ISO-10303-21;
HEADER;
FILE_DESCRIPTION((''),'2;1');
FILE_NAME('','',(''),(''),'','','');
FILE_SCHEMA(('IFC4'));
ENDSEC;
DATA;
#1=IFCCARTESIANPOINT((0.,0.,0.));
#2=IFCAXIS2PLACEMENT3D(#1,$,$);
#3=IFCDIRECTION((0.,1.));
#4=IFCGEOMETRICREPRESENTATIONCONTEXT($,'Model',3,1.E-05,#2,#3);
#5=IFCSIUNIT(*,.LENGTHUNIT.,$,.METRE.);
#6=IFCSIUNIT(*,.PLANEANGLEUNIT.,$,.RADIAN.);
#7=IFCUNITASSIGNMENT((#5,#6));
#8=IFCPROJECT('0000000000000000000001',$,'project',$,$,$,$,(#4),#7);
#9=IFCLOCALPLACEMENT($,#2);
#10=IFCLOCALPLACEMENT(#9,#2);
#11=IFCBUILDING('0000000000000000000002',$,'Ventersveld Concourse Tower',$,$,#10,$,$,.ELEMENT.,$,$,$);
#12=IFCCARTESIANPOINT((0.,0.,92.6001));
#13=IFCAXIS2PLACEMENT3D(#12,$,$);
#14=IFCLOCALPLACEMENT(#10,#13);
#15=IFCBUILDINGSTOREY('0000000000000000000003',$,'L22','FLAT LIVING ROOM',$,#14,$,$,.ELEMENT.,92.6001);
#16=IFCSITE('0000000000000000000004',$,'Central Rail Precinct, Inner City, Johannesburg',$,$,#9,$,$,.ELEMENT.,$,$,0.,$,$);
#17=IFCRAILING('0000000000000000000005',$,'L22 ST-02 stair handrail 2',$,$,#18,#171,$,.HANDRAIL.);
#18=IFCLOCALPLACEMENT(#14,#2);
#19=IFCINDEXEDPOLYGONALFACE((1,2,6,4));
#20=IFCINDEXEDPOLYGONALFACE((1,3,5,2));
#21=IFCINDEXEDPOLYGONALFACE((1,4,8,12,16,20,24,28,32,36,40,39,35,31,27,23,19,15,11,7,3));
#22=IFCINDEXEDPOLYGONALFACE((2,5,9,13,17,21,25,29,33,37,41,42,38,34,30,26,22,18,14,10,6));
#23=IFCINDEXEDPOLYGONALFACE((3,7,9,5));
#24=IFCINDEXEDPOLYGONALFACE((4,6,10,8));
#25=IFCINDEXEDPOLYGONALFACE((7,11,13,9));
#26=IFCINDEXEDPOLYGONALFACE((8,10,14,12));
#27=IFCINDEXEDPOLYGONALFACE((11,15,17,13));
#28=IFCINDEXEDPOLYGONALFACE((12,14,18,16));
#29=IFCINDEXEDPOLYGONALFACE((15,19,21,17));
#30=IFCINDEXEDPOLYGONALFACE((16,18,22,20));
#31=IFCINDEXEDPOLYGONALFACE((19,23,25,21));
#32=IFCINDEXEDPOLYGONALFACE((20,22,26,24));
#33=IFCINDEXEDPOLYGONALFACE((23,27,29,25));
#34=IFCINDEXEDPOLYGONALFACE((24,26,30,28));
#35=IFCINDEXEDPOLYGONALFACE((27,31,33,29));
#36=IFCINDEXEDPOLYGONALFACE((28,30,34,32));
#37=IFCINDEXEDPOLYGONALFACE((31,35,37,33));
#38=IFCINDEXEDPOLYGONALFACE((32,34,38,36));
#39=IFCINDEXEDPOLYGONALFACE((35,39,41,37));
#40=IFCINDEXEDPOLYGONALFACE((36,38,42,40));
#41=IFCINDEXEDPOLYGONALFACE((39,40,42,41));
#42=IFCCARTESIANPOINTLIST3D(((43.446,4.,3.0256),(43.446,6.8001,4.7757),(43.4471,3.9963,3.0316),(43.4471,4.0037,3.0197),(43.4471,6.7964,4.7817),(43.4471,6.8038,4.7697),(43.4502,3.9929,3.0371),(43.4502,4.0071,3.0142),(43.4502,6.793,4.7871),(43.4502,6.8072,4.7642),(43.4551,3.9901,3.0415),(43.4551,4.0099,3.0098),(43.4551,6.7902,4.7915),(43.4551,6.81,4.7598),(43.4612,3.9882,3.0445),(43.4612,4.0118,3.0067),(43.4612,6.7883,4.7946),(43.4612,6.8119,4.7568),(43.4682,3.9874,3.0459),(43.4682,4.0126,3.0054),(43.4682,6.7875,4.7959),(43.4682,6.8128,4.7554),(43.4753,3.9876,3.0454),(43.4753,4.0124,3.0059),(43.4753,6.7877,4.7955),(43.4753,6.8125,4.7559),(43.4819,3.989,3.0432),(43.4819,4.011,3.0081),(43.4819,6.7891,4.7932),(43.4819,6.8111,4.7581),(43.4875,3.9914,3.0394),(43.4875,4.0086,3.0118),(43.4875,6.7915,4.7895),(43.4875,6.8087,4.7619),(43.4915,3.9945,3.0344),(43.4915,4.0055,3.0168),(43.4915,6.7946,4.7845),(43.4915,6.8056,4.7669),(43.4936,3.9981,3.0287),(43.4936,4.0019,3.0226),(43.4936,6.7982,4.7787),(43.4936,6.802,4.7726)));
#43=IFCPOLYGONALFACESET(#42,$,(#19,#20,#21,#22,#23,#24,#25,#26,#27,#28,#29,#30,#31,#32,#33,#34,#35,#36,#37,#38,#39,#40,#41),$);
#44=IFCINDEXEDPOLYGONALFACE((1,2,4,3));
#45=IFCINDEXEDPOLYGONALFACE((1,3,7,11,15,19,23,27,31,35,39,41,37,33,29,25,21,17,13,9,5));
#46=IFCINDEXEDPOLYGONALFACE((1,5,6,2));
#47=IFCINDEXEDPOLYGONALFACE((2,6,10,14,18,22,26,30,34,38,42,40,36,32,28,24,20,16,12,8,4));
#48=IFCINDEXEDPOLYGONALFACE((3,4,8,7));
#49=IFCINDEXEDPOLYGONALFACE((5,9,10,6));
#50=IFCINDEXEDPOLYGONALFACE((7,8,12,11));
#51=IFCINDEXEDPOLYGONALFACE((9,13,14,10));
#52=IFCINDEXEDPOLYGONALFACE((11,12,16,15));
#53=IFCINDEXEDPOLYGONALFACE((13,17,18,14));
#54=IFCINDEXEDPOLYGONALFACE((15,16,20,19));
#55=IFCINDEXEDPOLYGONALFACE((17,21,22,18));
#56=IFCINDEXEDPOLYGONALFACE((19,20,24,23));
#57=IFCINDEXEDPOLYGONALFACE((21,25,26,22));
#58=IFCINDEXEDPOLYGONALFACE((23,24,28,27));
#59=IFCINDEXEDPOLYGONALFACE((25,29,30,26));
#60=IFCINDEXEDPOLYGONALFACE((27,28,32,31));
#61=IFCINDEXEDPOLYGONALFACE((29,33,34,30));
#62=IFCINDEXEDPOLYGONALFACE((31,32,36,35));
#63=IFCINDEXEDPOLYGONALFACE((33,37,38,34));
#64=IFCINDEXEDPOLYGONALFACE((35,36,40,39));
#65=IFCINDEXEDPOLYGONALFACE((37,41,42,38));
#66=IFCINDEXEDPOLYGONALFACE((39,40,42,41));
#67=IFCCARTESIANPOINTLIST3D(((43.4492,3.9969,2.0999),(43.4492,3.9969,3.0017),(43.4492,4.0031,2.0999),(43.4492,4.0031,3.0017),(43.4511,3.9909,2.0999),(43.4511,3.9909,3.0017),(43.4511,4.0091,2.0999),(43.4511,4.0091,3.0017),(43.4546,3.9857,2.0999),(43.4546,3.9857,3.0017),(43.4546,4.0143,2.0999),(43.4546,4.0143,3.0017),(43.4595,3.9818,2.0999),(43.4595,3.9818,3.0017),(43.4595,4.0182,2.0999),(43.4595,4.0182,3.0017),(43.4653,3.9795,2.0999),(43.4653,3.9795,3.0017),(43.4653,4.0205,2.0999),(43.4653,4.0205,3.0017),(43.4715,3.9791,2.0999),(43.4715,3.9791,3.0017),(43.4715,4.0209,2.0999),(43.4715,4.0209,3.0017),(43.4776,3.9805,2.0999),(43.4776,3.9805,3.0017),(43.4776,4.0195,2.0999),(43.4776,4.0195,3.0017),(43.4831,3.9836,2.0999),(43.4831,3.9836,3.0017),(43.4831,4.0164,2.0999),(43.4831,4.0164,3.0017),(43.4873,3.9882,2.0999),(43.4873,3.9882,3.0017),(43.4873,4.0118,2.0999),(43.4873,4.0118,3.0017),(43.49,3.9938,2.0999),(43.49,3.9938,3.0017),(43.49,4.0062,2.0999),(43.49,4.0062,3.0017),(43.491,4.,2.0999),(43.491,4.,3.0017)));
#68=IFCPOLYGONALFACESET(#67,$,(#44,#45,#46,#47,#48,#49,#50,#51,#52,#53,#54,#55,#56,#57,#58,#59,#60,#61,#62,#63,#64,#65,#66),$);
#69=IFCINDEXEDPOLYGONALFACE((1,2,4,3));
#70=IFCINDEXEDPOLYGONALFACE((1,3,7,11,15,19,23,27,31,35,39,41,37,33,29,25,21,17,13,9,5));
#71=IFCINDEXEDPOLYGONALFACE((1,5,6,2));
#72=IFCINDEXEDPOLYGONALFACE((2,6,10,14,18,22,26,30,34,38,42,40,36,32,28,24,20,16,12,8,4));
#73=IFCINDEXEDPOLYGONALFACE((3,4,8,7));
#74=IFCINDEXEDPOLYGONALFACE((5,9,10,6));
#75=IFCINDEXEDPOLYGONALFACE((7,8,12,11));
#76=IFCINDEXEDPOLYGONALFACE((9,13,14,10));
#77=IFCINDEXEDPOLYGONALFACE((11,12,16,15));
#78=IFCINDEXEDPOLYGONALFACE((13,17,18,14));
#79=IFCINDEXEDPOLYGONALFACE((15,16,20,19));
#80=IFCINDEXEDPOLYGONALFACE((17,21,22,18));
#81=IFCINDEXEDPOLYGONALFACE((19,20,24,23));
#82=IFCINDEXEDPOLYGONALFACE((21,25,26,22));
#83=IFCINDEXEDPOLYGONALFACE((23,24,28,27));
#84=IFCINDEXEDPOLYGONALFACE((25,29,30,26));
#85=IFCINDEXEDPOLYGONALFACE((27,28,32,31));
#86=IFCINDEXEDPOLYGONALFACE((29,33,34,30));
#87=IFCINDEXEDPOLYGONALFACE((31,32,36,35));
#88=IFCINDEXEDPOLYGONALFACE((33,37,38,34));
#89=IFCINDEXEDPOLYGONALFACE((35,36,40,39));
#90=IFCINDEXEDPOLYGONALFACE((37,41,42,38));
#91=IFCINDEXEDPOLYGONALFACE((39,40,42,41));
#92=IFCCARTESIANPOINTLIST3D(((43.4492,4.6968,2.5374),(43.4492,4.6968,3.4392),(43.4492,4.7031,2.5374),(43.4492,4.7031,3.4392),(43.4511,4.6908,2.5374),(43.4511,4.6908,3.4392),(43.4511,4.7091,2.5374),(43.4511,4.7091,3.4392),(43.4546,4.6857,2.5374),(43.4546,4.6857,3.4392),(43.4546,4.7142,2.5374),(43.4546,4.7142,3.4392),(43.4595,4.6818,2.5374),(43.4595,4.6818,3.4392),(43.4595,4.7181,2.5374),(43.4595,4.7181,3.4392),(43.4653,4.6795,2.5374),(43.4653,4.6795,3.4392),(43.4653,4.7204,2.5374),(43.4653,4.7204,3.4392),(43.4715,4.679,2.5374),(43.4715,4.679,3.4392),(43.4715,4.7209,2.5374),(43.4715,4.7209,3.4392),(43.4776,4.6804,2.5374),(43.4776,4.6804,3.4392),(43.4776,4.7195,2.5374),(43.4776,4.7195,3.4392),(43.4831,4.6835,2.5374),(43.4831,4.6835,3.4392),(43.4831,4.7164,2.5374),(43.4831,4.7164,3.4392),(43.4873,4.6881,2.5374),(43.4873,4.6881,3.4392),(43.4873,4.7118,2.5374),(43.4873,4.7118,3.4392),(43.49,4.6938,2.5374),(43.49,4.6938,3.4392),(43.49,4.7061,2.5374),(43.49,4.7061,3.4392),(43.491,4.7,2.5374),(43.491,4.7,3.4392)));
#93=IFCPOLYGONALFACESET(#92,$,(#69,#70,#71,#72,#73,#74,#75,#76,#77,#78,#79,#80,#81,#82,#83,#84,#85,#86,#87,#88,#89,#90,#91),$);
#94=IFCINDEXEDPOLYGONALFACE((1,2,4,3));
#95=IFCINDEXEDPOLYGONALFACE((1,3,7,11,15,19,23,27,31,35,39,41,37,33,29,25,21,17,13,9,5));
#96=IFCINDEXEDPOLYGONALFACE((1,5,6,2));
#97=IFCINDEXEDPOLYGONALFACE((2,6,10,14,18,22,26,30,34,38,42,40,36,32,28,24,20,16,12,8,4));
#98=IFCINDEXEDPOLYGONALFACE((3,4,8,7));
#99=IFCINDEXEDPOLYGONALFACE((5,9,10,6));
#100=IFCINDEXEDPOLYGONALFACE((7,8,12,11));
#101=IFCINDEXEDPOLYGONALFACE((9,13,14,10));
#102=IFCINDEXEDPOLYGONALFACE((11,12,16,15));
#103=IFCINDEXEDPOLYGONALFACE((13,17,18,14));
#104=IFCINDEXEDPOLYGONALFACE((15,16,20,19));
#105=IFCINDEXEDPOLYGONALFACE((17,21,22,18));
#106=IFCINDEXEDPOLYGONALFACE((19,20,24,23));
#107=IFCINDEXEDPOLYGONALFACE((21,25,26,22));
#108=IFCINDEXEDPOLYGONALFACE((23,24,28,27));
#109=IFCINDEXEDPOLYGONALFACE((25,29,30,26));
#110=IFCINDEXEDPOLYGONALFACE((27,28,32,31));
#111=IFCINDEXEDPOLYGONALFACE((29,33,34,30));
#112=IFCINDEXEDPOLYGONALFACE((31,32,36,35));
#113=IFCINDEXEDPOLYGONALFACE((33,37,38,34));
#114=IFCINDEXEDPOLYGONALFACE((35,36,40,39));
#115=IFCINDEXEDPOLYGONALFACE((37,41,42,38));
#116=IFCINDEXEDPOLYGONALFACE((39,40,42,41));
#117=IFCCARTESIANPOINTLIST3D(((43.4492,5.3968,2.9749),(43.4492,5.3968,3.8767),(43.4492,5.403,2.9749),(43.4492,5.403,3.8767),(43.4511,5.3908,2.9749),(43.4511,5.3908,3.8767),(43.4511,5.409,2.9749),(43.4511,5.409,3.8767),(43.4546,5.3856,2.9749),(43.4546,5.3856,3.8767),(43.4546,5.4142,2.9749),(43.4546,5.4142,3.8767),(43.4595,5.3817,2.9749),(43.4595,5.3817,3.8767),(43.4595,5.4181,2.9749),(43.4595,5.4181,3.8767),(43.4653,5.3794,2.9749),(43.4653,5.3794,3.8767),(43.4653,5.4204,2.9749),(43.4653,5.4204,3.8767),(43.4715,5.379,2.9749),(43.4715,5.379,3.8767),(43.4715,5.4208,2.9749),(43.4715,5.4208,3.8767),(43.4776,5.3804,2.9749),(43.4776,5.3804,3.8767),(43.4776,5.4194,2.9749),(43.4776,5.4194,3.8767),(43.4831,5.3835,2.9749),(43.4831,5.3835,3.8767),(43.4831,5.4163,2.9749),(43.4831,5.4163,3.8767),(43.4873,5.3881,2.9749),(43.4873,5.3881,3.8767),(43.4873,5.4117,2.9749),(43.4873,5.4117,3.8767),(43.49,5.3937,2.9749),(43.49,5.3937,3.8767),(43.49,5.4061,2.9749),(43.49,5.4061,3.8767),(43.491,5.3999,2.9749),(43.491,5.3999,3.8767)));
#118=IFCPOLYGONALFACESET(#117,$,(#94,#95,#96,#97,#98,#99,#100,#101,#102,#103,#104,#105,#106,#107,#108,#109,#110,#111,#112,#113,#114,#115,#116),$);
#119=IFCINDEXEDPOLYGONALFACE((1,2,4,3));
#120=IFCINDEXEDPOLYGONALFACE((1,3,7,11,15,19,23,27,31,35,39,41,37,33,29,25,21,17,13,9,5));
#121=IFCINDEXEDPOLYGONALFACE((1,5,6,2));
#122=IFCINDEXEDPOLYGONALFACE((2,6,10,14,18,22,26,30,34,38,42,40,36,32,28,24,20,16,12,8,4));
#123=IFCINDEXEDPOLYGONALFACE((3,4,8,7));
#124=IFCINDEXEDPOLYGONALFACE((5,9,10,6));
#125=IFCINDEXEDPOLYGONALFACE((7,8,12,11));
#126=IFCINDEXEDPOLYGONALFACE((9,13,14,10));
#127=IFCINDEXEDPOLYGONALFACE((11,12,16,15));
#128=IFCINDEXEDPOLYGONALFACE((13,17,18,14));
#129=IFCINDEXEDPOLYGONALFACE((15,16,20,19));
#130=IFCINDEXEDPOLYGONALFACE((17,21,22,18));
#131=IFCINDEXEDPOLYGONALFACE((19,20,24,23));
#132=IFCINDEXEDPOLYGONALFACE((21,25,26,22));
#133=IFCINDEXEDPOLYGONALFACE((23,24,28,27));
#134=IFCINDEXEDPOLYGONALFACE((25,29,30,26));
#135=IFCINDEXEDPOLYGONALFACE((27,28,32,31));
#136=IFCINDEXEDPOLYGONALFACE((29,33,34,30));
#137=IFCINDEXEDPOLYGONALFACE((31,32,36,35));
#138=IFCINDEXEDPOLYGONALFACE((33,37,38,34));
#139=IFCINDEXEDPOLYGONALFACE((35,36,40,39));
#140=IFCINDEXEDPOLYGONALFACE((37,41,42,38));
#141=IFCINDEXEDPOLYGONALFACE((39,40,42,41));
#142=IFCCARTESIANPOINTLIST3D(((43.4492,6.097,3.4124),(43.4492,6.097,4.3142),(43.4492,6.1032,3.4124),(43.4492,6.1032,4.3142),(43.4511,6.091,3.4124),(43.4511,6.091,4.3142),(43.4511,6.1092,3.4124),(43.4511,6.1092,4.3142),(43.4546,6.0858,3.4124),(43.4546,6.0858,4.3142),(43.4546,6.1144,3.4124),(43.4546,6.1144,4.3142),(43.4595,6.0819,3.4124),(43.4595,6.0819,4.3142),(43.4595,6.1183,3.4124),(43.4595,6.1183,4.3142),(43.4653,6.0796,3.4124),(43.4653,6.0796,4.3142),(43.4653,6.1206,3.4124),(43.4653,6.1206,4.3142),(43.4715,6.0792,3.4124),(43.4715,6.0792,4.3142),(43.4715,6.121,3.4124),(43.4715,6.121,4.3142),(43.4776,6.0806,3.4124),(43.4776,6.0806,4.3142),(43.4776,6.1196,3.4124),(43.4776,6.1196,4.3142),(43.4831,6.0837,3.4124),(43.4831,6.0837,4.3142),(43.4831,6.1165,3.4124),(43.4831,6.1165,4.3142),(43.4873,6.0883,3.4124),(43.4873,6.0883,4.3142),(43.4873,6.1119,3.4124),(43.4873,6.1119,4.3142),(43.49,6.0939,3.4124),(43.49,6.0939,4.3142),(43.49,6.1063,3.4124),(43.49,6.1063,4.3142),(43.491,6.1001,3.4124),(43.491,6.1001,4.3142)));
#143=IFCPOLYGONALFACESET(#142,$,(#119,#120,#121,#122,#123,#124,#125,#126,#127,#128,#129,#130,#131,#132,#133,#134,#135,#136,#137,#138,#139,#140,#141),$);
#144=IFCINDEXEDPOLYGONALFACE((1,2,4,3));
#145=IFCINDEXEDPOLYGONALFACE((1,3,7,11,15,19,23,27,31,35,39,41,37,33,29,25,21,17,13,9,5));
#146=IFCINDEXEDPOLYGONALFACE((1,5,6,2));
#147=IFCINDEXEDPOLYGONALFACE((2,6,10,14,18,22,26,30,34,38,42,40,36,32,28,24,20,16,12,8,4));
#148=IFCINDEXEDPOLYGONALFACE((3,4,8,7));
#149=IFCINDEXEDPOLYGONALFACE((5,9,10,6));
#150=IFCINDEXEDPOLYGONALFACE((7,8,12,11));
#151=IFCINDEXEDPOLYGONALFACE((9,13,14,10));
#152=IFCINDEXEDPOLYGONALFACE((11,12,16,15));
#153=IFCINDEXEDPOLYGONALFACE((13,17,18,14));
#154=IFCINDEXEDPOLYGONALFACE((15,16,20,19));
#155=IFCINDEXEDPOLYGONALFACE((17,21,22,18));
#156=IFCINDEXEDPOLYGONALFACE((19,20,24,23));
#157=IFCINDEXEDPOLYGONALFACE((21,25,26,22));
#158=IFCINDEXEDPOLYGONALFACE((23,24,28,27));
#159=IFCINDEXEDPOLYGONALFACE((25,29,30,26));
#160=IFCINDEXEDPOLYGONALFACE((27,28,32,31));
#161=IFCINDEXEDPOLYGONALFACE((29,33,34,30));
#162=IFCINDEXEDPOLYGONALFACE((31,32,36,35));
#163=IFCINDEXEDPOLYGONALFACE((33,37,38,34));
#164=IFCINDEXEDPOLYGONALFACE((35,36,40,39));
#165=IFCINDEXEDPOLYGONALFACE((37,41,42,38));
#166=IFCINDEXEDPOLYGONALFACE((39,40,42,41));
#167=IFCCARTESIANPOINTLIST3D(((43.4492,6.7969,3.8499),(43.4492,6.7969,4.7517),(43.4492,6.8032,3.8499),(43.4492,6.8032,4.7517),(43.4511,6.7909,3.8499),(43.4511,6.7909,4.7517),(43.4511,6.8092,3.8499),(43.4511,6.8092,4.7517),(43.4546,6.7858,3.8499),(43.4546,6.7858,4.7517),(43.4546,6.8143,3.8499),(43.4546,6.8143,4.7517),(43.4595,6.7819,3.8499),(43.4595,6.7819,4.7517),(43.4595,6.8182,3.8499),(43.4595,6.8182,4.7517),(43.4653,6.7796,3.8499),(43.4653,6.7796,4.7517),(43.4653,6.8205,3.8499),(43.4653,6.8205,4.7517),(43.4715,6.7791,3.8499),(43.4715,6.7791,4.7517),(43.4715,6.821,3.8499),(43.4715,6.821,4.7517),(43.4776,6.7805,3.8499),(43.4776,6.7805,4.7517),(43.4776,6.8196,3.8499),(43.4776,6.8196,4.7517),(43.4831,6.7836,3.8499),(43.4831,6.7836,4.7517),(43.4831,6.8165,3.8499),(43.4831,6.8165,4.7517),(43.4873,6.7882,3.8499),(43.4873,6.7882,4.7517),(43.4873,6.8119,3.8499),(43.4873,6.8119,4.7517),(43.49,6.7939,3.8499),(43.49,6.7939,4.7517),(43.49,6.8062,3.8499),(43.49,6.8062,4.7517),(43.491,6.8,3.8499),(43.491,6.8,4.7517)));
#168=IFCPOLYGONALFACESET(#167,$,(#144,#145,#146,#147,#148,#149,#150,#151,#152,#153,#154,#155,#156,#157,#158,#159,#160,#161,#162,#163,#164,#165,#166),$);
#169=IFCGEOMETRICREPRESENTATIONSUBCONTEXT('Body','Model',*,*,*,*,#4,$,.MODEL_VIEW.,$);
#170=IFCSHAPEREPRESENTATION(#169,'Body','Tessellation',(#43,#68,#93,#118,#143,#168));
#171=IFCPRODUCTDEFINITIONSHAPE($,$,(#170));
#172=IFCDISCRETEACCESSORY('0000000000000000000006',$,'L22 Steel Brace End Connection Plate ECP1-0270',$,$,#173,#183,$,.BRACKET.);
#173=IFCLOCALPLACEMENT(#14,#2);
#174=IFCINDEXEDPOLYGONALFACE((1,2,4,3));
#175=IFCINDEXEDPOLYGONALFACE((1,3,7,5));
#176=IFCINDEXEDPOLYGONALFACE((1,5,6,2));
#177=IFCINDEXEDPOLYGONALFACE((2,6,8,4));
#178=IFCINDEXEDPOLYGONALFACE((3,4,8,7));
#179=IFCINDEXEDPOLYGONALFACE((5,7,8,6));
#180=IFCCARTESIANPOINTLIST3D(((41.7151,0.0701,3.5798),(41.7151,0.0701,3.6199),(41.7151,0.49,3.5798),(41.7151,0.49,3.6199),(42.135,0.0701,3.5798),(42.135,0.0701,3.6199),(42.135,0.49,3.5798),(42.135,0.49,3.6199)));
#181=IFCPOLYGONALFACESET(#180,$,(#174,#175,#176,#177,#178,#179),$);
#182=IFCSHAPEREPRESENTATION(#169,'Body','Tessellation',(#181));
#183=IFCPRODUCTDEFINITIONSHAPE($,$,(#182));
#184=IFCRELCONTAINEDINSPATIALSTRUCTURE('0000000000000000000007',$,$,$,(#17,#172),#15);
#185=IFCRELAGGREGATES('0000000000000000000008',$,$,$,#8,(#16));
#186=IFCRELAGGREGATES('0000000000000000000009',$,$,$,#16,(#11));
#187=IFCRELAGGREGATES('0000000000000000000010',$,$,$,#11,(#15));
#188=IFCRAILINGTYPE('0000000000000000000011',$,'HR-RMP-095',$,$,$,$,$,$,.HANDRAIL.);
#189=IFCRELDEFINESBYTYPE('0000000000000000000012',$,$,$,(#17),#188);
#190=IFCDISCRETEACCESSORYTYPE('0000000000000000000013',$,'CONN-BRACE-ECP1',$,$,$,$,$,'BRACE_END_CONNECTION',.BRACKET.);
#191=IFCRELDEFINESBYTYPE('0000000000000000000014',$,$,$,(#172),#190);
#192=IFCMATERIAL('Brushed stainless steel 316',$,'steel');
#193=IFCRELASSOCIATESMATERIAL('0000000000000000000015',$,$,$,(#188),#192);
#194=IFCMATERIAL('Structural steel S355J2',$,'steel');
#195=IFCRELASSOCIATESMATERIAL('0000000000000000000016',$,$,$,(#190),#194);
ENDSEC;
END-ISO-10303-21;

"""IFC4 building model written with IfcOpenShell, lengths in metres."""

from ifc_helpers import new_model, si_unit, direction, frame, origin, origin_2d, place, context, subcontext, project, spatial, rectangle, circle, extrude, material, type_object, element, save


model = new_model("IFC4")

# Units and contexts
model_context = context("Model", 3, precision=1e-05, world=origin(), true_north=direction((0.0, 1.0)))
body_context = subcontext(model_context, "Body", "Model", "MODEL_VIEW")
ifc_project = project(units=[si_unit("LENGTHUNIT", "METRE"), si_unit("PLANEANGLEUNIT", "RADIAN")], contexts=[model_context])

# Site, building, storey
site_placement = place(None, origin())
site = spatial("IfcSite", under=ifc_project, at=site_placement, Name="Central Rail Precinct, Inner City, Johannesburg", CompositionType="ELEMENT", RefElevation=0.0)
building_placement = place(site_placement, origin())
building = spatial("IfcBuilding", under=site, at=building_placement, Name="Ventersveld Concourse Tower", CompositionType="ELEMENT")
storey_placement = place(building_placement, frame((0.0, 0.0, 92.6001)))
storey = spatial("IfcBuildingStorey", under=building, at=storey_placement, Name="L22", Description="FLAT LIVING ROOM", CompositionType="ELEMENT", Elevation=92.6001)

# Shared definitions
ifc_material_1 = material(Name="Structural steel S355J2", Category="steel")

# Shared definitions
ifc_material_2 = material(Name="Brushed stainless steel 316", Category="steel")

# Railing
railing_type_1 = type_object("IfcRailingType", Name="HR-RMP-095", PredefinedType="HANDRAIL", material=ifc_material_2)
railing_1_placement = place(storey_placement, frame((43.47, 4.0, 2.0999)))
element("IfcRailing", 1, at=railing_1_placement, inside=storey, type_object=railing_type_1, Name="L22 ST-02 stair handrail 2", PredefinedType="HANDRAIL", context=body_context, shape_type="SweptSolid", body=[
    extrude(circle(Radius=0.0239, at=origin_2d()), frame((0.0, 0.0, 0.9258), z_axis=(0.0, 0.848002, 0.529992), x_axis=(-1.0, 0.0, 0.0)), (0.0, 0.0, 1.0), 3.302),
    extrude(circle(Radius=0.021, at=origin_2d()), origin(), (0.0, 0.0, 1.0), 0.9019),
    extrude(circle(Radius=0.021, at=origin_2d()), frame((0.0, 0.7, 0.4375)), (0.0, 0.0, 1.0), 0.9019),
    extrude(circle(Radius=0.021, at=origin_2d()), frame((0.0, 1.3999, 0.875)), (0.0, 0.0, 1.0), 0.9019),
    extrude(circle(Radius=0.021, at=origin_2d()), frame((0.0, 2.1001, 1.3125)), (0.0, 0.0, 1.0), 0.9019),
    extrude(circle(Radius=0.021, at=origin_2d()), frame((0.0, 2.8, 1.75)), (0.0, 0.0, 1.0), 0.9019),
])

# Discrete accessory
discrete_accessory_type = type_object("IfcDiscreteAccessoryType", Name="CONN-BRACE-ECP1", ElementType="BRACE_END_CONNECTION", PredefinedType="BRACKET", material=ifc_material_1)
discrete_accessory_placement = place(storey_placement, frame((41.925, 0.28, 3.5798), z_axis=(0.0, 0.0, 1.0), x_axis=(1.0, 0.0, 0.0)))
element("IfcDiscreteAccessory", 2, at=discrete_accessory_placement, inside=storey, type_object=discrete_accessory_type, Name="L22 Steel Brace End Connection Plate ECP1-0270", PredefinedType="BRACKET", context=body_context, shape_type="SweptSolid", body=[
    extrude(rectangle(XDim=0.4199, YDim=0.4199, at=origin_2d()), origin(), (0.0, 0.0, 1.0), 0.04),
])

save(model, "model.ifc")
